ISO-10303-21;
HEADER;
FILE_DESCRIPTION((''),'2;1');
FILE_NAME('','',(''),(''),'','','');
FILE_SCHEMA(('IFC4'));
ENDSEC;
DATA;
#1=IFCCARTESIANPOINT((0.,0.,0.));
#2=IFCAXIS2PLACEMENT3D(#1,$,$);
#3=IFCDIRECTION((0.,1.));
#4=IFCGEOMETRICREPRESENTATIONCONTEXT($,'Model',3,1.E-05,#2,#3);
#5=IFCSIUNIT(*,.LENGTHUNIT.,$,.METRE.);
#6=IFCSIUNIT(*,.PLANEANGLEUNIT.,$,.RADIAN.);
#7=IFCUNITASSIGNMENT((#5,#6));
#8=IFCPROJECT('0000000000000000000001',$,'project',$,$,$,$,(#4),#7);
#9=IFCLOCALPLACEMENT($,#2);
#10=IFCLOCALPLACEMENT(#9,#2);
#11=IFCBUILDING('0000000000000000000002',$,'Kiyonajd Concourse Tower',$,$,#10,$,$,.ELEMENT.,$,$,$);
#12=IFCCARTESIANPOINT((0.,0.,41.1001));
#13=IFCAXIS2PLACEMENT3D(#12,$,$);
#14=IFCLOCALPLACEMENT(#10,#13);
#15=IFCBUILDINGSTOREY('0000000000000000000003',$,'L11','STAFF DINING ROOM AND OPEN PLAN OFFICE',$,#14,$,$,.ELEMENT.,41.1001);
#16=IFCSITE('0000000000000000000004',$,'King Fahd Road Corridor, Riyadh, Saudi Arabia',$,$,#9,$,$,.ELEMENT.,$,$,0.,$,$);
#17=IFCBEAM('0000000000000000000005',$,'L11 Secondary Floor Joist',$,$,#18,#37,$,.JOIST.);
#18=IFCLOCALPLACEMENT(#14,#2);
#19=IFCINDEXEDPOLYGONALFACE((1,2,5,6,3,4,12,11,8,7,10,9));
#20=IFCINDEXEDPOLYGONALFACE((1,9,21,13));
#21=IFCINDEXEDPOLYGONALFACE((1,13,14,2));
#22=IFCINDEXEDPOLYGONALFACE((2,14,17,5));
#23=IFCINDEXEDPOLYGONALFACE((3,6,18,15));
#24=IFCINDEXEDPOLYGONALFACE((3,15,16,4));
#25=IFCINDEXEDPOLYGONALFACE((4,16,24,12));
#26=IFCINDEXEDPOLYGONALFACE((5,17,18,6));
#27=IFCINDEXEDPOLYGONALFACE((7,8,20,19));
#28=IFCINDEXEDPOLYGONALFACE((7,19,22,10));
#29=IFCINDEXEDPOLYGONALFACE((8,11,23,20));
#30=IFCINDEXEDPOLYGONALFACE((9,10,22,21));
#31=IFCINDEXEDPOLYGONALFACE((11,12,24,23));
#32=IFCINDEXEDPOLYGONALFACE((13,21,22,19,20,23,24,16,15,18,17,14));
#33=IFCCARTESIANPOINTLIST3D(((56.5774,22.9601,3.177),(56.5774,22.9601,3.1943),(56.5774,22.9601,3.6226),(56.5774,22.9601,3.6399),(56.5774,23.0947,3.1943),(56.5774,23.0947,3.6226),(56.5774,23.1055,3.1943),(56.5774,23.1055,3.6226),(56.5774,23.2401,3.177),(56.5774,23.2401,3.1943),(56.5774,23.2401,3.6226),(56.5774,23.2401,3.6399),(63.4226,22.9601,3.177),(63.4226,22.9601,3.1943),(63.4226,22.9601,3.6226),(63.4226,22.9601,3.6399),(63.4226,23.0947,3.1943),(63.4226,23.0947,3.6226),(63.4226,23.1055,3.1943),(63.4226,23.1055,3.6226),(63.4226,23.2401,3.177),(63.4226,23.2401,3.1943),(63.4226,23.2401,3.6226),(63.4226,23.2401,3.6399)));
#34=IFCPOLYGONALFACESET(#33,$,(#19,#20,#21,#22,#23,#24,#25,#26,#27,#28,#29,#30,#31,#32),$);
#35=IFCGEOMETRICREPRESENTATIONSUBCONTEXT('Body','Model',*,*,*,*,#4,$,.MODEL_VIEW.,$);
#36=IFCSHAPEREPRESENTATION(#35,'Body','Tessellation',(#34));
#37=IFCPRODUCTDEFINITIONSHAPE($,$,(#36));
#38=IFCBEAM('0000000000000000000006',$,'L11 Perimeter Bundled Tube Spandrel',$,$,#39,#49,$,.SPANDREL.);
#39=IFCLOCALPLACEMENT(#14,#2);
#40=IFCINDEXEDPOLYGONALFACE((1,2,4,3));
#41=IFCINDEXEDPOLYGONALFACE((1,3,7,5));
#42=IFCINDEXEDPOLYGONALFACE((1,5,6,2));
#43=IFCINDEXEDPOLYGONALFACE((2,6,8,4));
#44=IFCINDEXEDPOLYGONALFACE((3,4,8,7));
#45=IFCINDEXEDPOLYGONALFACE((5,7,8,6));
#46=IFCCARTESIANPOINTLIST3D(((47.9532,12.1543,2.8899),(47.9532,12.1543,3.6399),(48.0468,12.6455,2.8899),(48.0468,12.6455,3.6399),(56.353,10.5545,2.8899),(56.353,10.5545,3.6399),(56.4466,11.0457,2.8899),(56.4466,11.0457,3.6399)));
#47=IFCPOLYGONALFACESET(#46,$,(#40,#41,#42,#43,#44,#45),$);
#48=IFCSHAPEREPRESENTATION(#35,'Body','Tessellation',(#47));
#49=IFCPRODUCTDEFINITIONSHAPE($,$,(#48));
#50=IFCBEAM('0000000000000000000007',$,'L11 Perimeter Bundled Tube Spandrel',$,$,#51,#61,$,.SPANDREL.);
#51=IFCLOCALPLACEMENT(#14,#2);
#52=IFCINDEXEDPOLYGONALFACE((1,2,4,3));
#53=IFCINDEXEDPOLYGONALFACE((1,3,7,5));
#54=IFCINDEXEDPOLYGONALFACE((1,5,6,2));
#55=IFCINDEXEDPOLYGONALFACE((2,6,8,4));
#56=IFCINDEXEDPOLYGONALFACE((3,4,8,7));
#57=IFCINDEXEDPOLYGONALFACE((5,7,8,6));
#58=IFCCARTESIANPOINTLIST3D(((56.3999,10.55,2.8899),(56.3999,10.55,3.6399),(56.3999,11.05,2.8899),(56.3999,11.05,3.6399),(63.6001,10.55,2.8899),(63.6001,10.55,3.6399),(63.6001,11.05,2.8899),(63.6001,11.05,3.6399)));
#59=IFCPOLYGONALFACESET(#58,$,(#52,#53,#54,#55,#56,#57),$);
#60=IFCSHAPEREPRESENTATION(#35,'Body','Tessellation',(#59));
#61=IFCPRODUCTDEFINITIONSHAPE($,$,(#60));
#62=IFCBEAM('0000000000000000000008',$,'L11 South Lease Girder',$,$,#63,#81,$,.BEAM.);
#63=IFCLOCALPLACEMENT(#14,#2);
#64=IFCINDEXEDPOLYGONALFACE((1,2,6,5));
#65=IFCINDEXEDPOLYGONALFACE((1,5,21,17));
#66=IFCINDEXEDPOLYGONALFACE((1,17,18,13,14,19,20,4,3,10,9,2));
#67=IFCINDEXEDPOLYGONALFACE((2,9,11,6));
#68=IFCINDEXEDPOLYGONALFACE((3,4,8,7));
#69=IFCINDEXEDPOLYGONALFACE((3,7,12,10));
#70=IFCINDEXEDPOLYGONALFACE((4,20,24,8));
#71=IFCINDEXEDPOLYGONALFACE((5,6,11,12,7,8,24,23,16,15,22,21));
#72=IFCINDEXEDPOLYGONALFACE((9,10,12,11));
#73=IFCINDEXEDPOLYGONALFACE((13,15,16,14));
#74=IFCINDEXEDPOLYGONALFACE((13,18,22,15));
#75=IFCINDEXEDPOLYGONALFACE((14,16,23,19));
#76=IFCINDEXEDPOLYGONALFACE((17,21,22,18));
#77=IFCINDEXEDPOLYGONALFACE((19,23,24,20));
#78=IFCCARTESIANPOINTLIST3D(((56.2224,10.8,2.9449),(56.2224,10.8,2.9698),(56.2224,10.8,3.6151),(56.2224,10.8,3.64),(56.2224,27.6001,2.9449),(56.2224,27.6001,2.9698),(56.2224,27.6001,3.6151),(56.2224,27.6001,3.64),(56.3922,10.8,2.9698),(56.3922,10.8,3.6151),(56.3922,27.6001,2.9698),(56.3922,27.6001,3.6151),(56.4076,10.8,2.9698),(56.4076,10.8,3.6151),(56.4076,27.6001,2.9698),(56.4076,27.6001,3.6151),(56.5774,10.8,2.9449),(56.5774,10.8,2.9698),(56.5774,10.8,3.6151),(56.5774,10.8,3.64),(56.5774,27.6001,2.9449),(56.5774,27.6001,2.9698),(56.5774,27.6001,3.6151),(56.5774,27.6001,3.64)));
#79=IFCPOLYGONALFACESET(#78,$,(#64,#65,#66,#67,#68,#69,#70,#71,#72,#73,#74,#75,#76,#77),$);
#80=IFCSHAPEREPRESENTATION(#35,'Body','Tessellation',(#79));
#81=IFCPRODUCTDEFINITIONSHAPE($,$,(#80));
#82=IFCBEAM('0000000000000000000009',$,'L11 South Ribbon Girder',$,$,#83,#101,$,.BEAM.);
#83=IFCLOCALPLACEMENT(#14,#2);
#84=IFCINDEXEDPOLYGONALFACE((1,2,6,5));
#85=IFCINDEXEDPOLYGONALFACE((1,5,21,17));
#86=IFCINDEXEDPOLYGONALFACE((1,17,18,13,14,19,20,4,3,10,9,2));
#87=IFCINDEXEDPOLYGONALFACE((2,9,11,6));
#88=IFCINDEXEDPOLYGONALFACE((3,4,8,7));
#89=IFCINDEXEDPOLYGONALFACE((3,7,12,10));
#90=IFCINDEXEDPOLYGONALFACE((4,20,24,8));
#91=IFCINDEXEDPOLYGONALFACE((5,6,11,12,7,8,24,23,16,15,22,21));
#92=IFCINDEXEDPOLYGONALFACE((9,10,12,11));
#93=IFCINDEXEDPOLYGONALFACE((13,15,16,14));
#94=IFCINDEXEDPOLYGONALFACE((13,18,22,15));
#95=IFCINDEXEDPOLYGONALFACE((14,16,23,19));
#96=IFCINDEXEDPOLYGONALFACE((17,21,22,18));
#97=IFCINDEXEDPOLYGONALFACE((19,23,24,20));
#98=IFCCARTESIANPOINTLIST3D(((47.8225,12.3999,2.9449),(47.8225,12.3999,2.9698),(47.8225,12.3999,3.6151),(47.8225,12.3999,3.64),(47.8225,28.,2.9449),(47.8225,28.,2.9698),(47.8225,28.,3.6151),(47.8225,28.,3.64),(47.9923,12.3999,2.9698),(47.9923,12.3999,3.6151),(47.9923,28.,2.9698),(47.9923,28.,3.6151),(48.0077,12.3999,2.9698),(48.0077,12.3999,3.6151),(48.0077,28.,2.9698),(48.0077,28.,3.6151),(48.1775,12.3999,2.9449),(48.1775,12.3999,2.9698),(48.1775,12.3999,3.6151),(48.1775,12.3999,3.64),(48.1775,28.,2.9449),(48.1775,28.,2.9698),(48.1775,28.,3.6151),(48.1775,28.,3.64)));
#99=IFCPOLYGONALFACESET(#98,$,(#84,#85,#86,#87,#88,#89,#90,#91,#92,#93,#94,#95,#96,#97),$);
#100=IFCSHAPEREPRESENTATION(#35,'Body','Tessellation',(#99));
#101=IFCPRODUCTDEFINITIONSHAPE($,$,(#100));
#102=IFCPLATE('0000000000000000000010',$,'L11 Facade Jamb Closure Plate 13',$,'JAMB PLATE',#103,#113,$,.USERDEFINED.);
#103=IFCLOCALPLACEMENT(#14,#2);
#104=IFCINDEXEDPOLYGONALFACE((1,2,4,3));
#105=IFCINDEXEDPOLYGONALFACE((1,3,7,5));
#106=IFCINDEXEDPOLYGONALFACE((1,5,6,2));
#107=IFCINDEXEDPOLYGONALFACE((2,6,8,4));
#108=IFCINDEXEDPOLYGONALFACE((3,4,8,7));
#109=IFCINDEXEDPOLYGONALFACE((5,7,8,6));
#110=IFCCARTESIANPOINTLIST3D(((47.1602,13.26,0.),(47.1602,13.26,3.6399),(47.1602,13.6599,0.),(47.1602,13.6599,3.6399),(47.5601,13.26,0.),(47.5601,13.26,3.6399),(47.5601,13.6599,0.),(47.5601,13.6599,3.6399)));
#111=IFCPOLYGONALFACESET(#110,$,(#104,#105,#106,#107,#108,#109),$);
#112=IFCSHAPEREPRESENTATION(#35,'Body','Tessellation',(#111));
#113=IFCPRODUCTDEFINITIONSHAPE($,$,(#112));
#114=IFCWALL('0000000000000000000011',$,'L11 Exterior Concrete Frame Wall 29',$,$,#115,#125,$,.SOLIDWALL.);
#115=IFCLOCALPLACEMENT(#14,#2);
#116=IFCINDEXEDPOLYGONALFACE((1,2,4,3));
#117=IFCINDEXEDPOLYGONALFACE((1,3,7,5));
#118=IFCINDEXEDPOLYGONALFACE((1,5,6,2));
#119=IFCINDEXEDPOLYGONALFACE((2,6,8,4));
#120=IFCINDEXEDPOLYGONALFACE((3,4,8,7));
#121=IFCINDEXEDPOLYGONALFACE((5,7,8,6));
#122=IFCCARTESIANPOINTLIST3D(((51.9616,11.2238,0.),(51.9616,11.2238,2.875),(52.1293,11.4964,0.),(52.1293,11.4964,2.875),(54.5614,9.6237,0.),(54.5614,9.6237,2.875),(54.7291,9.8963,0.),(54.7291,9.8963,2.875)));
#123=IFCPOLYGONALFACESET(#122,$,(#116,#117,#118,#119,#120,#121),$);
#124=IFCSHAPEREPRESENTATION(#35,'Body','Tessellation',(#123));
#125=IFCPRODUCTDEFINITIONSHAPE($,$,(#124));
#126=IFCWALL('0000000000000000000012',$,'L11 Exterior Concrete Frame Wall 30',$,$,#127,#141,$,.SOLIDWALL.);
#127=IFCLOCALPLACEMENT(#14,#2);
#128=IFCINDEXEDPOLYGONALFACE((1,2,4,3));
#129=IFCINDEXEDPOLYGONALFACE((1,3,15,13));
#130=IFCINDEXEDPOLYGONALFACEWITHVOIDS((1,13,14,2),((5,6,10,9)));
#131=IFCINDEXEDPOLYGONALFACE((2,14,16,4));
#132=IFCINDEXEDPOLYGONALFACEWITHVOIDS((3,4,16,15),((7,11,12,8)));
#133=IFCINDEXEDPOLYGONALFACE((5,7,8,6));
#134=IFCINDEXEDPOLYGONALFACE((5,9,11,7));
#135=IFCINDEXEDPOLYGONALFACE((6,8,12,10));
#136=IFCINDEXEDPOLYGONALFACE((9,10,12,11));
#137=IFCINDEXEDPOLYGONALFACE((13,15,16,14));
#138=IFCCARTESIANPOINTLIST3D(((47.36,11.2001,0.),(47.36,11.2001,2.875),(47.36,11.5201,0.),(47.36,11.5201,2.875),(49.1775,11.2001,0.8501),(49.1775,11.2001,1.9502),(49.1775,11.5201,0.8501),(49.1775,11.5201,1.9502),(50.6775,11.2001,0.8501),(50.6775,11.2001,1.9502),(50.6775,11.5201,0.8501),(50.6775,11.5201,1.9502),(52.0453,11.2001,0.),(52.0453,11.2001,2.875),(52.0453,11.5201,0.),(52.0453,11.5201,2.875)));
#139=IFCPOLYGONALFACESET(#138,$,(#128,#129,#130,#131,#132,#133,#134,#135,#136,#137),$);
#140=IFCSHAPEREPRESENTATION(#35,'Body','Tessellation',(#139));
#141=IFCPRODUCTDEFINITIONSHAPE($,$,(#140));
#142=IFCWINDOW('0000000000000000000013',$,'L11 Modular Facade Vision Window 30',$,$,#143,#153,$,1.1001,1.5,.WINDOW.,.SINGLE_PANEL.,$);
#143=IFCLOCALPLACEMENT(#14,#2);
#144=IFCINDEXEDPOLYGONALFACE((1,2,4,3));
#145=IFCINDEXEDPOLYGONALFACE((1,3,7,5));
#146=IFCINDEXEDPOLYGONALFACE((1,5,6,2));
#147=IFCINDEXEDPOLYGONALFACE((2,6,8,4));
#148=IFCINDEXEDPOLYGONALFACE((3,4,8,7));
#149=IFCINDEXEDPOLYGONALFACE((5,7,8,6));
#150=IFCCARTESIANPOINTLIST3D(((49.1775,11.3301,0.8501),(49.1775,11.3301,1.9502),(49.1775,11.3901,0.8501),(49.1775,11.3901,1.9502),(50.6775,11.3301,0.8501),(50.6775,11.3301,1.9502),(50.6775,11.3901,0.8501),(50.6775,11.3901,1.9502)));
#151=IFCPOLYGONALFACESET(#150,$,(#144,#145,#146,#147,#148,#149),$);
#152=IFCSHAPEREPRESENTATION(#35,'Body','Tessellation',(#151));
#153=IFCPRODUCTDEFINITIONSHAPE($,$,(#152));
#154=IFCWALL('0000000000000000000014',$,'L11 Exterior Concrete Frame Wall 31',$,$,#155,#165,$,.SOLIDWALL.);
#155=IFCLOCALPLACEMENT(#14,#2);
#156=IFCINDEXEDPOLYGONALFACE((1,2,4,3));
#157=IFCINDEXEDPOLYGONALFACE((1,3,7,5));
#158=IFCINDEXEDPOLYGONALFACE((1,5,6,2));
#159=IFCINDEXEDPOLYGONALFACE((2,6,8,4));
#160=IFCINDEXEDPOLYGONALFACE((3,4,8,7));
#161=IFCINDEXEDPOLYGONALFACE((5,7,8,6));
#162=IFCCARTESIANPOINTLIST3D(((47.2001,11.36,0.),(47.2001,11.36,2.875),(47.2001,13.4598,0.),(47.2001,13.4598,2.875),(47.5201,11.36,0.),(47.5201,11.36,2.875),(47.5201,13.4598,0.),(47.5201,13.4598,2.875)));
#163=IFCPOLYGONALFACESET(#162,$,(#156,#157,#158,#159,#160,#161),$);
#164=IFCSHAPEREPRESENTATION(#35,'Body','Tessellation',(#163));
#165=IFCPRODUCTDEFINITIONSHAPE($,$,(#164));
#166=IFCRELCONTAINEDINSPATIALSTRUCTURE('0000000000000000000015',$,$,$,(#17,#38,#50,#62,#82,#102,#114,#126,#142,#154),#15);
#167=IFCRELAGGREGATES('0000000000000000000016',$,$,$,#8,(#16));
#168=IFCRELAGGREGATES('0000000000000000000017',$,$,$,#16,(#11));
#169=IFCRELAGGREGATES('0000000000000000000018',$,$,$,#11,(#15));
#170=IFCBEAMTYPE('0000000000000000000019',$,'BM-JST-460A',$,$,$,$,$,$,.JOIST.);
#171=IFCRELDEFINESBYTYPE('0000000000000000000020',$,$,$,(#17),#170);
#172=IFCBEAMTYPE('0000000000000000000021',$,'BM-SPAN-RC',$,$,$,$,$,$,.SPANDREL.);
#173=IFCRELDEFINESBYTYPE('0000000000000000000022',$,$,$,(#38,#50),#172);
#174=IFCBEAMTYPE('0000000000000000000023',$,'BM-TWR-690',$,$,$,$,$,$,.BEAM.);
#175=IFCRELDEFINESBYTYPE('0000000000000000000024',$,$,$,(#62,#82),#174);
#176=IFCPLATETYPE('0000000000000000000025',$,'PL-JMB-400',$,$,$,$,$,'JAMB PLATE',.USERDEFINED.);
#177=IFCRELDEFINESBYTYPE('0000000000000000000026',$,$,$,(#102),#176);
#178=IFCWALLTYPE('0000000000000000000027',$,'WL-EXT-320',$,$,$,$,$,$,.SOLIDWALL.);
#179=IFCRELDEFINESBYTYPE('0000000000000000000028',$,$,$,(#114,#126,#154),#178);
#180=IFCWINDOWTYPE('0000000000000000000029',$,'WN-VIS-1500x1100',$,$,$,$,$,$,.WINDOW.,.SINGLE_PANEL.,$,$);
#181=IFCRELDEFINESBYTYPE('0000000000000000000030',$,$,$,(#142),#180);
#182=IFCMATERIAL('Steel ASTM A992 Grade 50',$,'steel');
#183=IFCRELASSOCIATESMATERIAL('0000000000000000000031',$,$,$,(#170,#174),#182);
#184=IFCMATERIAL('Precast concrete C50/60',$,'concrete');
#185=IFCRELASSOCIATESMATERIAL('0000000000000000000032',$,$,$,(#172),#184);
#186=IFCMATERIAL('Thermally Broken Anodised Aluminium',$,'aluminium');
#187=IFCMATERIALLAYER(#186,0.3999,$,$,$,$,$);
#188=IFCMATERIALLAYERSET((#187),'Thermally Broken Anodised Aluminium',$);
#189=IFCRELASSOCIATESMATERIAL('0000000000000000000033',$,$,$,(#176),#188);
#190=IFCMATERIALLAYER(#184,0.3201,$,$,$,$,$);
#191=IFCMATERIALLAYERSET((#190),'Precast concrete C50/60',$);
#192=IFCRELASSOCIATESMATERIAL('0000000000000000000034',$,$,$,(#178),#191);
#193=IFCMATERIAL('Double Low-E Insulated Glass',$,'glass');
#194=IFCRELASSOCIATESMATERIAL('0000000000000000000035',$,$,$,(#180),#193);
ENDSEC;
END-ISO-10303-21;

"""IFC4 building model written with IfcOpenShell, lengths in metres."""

from ifc_helpers import new_model, si_unit, direction, frame, frame_2d, origin, origin_2d, place, context, subcontext, project, spatial, rectangle, i_section, extrude, material, layer, layer_set, material_profile, profile_set, type_object, element, fill, save


model = new_model("IFC4")

# Units and contexts
model_context = context("Model", 3, precision=1e-05, world=origin(), true_north=direction((0.0, 1.0)))
body_context = subcontext(model_context, "Body", "Model", "MODEL_VIEW")
ifc_project = project(units=[si_unit("LENGTHUNIT", "METRE"), si_unit("PLANEANGLEUNIT", "RADIAN")], contexts=[model_context])

# Site, building, storey
site_placement = place(None, origin())
site = spatial("IfcSite", under=ifc_project, at=site_placement, Name="King Fahd Road Corridor, Riyadh, Saudi Arabia", CompositionType="ELEMENT", RefElevation=0.0)
building_placement = place(site_placement, origin())
building = spatial("IfcBuilding", under=site, at=building_placement, Name="Kiyonajd Concourse Tower", CompositionType="ELEMENT")
storey_placement = place(building_placement, frame((0.0, 0.0, 41.1001)))
storey = spatial("IfcBuildingStorey", under=building, at=storey_placement, Name="L11", Description="STAFF DINING ROOM AND OPEN PLAN OFFICE", CompositionType="ELEMENT", Elevation=41.1001)

# Beams
ifc_material_1 = material(Name="Steel ASTM A992 Grade 50", Category="steel")
ifc_material_profile_1 = material_profile(ifc_material_1, i_section(OverallWidth=0.28, OverallDepth=0.4629, WebThickness=0.0107, FlangeThickness=0.0173, at=origin_2d()), Name="W460X113")
ifc_profile_set_1 = profile_set([ifc_material_profile_1], Name="Steel ASTM A992 Grade 50")
beam_type_1 = type_object("IfcBeamType", Name="BM-JST-460A", PredefinedType="JOIST", material=ifc_profile_set_1)
beam_1_placement = place(storey_placement, frame((56.5774, 23.1001, 3.4084), z_axis=(1.0, 0.0, 0.0), x_axis=(0.0, 1.0, 0.0)))
element("IfcBeam", 1, at=beam_1_placement, inside=storey, type_object=beam_type_1, Name="L11 Secondary Floor Joist", PredefinedType="JOIST", context=body_context, shape_type="SweptSolid", body=[
    extrude(i_section(OverallWidth=0.28, OverallDepth=0.4629, WebThickness=0.0107, FlangeThickness=0.0173, at=origin_2d()), origin(), (0.0, 0.0, 1.0), 6.8452),
])
ifc_material_2 = material(Name="Precast concrete C50/60", Category="concrete")
ifc_material_profile_2 = material_profile(ifc_material_2, rectangle(XDim=0.5, YDim=0.75, at=origin_2d()), Name="RCBM-500x750")
ifc_profile_set_2 = profile_set([ifc_material_profile_2], Name="Precast concrete C50/60")
beam_type_2 = type_object("IfcBeamType", Name="BM-SPAN-RC", PredefinedType="SPANDREL", material=ifc_profile_set_2)
beam_2_placement = place(storey_placement, frame((48.0, 12.3999, 3.2649), z_axis=(0.982341, -0.187098, 0.0), x_axis=(0.187098, 0.982341, 0.0)))
element("IfcBeam", 2, at=beam_2_placement, inside=storey, type_object=beam_type_2, Name="L11 Perimeter Bundled Tube Spandrel", PredefinedType="SPANDREL", context=body_context, shape_type="SweptSolid", body=[
    extrude(rectangle(XDim=0.5, YDim=0.75, at=origin_2d()), origin(), (0.0, 0.0, 1.0), 8.5508),
])
beam_3_placement = place(storey_placement, frame((56.3999, 10.8, 3.2649), z_axis=(1.0, 0.0, 0.0), x_axis=(0.0, 1.0, 0.0)))
element("IfcBeam", 3, at=beam_3_placement, inside=storey, type_object=beam_type_2, Name="L11 Perimeter Bundled Tube Spandrel", PredefinedType="SPANDREL", context=body_context, shape_type="SweptSolid", body=[
    extrude(rectangle(XDim=0.5, YDim=0.75, at=origin_2d()), origin(), (0.0, 0.0, 1.0), 7.2002),
])
ifc_material_profile_3 = material_profile(ifc_material_1, i_section(OverallWidth=0.355, OverallDepth=0.6951, WebThickness=0.0154, FlangeThickness=0.0249, at=origin_2d()), Name="W690X217")
ifc_profile_set_3 = profile_set([ifc_material_profile_3], Name="Steel ASTM A992 Grade 50")
beam_type_3 = type_object("IfcBeamType", Name="BM-TWR-690", PredefinedType="BEAM", material=ifc_profile_set_3)
beam_4_placement = place(storey_placement, frame((56.3999, 10.8, 3.2925), z_axis=(0.0, 1.0, 0.0), x_axis=(-1.0, 0.0, 0.0)))
element("IfcBeam", 4, at=beam_4_placement, inside=storey, type_object=beam_type_3, Name="L11 South Lease Girder", PredefinedType="BEAM", context=body_context, shape_type="SweptSolid", body=[
    extrude(i_section(OverallWidth=0.355, OverallDepth=0.6951, WebThickness=0.0154, FlangeThickness=0.0249, at=origin_2d()), origin(), (0.0, 0.0, 1.0), 16.8),
])
beam_5_placement = place(storey_placement, frame((48.0, 12.3999, 3.2925), z_axis=(0.0, 1.0, 0.0), x_axis=(-1.0, 0.0, 0.0)))
element("IfcBeam", 5, at=beam_5_placement, inside=storey, type_object=beam_type_3, Name="L11 South Ribbon Girder", PredefinedType="BEAM", context=body_context, shape_type="SweptSolid", body=[
    extrude(i_section(OverallWidth=0.355, OverallDepth=0.6951, WebThickness=0.0154, FlangeThickness=0.0249, at=origin_2d()), origin(), (0.0, 0.0, 1.0), 15.6001),
])

# Plate
ifc_material_3 = material(Name="Thermally Broken Anodised Aluminium", Category="aluminium")
ifc_layer_1 = layer(ifc_material_3, 0.3999)
ifc_layer_set_1 = layer_set([ifc_layer_1], Name="Thermally Broken Anodised Aluminium")
plate_type = type_object("IfcPlateType", Name="PL-JMB-400", ElementType="JAMB PLATE", PredefinedType="USERDEFINED", material=ifc_layer_set_1)
plate_placement = place(storey_placement, frame((47.3601, 13.46, 0.0), z_axis=(0.0, 0.0, 1.0), x_axis=(1.0, 0.0, 0.0)))
element("IfcPlate", 6, at=plate_placement, inside=storey, type_object=plate_type, Name="L11 Facade Jamb Closure Plate 13", ObjectType="JAMB PLATE", PredefinedType="USERDEFINED", context=body_context, shape_type="SweptSolid", body=[
    extrude(rectangle(XDim=0.3999, YDim=0.3999, at=origin_2d()), origin(), (0.0, 0.0, 1.0), 3.6399),
])

# Wall
ifc_layer_2 = layer(ifc_material_2, 0.3201)
ifc_layer_set_2 = layer_set([ifc_layer_2], Name="Precast concrete C50/60")
wall_type_1 = type_object("IfcWallType", Name="WL-EXT-320", PredefinedType="SOLIDWALL", material=ifc_layer_set_2)
wall_1_placement = place(storey_placement, frame((54.6453, 9.76, 0.0), z_axis=(0.0, 0.0, 1.0), x_axis=(-0.851631, 0.524142, 0.0)))
element("IfcWall", 7, at=wall_1_placement, inside=storey, type_object=wall_type_1, Name="L11 Exterior Concrete Frame Wall 29", PredefinedType="SOLIDWALL", context=body_context, shape_type="SweptSolid", body=[
    extrude(rectangle(XDim=3.0527, YDim=0.3201, at=frame_2d((1.5264, 0.0))), origin(), (0.0, 0.0, 1.0), 2.875),
])

# Wall, opening, window
wall_2_placement = place(storey_placement, frame((52.0454, 11.3601, 0.0), z_axis=(0.0, 0.0, 1.0), x_axis=(-1.0, 0.0, 0.0)))
wall_2 = element("IfcWall", 8, at=wall_2_placement, inside=storey, type_object=wall_type_1, Name="L11 Exterior Concrete Frame Wall 30", PredefinedType="SOLIDWALL", context=body_context, shape_type="SweptSolid", body=[
    extrude(rectangle(XDim=4.6853, YDim=0.3201, at=frame_2d((2.3428, 0.0))), origin(), (0.0, 0.0, 1.0), 2.875),
])
opening_1_placement = place(wall_2_placement, frame((1.3679, 0.0, 0.8501)))
opening_1 = element("IfcOpeningElement", 9, at=opening_1_placement, cuts=wall_2, PredefinedType="OPENING", context=body_context, shape_type="SweptSolid", body=[
    extrude(rectangle(XDim=1.5, YDim=1.1001, at=frame_2d((0.75, 0.55))), frame((0.0, 0.1699, 0.0), z_axis=(0.0, -1.0, 0.0), x_axis=(1.0, 0.0, 0.0)), (0.0, 0.0, 1.0), 0.3401),
])
ifc_material_4 = material(Name="Double Low-E Insulated Glass", Category="glass")
window_type = type_object("IfcWindowType", Name="WN-VIS-1500x1100", PartitioningType="SINGLE_PANEL", PredefinedType="WINDOW", material=ifc_material_4)
window_placement = place(opening_1_placement, origin())
window = element("IfcWindow", 10, at=window_placement, inside=storey, type_object=window_type, Name="L11 Modular Facade Vision Window 30", OverallHeight=1.1001, OverallWidth=1.5, PartitioningType="SINGLE_PANEL", PredefinedType="WINDOW", context=body_context, shape_type="SweptSolid", body=[
    extrude(rectangle(XDim=1.5, YDim=1.1001, at=frame_2d((0.75, 0.55))), frame((0.0, 0.03, 0.0), z_axis=(0.0, -1.0, 0.0), x_axis=(1.0, 0.0, 0.0)), (0.0, 0.0, 1.0), 0.0601),
])
fill(opening_1, window)

# Wall
wall_3_placement = place(storey_placement, frame((47.3601, 11.3601, 0.0), z_axis=(0.0, 0.0, 1.0), x_axis=(0.0, 1.0, 0.0)))
element("IfcWall", 11, at=wall_3_placement, inside=storey, type_object=wall_type_1, Name="L11 Exterior Concrete Frame Wall 31", PredefinedType="SOLIDWALL", context=body_context, shape_type="SweptSolid", body=[
    extrude(rectangle(XDim=2.0999, YDim=0.3201, at=frame_2d((1.0498, 0.0))), origin(), (0.0, 0.0, 1.0), 2.875),
])

save(model, "model.ifc")
